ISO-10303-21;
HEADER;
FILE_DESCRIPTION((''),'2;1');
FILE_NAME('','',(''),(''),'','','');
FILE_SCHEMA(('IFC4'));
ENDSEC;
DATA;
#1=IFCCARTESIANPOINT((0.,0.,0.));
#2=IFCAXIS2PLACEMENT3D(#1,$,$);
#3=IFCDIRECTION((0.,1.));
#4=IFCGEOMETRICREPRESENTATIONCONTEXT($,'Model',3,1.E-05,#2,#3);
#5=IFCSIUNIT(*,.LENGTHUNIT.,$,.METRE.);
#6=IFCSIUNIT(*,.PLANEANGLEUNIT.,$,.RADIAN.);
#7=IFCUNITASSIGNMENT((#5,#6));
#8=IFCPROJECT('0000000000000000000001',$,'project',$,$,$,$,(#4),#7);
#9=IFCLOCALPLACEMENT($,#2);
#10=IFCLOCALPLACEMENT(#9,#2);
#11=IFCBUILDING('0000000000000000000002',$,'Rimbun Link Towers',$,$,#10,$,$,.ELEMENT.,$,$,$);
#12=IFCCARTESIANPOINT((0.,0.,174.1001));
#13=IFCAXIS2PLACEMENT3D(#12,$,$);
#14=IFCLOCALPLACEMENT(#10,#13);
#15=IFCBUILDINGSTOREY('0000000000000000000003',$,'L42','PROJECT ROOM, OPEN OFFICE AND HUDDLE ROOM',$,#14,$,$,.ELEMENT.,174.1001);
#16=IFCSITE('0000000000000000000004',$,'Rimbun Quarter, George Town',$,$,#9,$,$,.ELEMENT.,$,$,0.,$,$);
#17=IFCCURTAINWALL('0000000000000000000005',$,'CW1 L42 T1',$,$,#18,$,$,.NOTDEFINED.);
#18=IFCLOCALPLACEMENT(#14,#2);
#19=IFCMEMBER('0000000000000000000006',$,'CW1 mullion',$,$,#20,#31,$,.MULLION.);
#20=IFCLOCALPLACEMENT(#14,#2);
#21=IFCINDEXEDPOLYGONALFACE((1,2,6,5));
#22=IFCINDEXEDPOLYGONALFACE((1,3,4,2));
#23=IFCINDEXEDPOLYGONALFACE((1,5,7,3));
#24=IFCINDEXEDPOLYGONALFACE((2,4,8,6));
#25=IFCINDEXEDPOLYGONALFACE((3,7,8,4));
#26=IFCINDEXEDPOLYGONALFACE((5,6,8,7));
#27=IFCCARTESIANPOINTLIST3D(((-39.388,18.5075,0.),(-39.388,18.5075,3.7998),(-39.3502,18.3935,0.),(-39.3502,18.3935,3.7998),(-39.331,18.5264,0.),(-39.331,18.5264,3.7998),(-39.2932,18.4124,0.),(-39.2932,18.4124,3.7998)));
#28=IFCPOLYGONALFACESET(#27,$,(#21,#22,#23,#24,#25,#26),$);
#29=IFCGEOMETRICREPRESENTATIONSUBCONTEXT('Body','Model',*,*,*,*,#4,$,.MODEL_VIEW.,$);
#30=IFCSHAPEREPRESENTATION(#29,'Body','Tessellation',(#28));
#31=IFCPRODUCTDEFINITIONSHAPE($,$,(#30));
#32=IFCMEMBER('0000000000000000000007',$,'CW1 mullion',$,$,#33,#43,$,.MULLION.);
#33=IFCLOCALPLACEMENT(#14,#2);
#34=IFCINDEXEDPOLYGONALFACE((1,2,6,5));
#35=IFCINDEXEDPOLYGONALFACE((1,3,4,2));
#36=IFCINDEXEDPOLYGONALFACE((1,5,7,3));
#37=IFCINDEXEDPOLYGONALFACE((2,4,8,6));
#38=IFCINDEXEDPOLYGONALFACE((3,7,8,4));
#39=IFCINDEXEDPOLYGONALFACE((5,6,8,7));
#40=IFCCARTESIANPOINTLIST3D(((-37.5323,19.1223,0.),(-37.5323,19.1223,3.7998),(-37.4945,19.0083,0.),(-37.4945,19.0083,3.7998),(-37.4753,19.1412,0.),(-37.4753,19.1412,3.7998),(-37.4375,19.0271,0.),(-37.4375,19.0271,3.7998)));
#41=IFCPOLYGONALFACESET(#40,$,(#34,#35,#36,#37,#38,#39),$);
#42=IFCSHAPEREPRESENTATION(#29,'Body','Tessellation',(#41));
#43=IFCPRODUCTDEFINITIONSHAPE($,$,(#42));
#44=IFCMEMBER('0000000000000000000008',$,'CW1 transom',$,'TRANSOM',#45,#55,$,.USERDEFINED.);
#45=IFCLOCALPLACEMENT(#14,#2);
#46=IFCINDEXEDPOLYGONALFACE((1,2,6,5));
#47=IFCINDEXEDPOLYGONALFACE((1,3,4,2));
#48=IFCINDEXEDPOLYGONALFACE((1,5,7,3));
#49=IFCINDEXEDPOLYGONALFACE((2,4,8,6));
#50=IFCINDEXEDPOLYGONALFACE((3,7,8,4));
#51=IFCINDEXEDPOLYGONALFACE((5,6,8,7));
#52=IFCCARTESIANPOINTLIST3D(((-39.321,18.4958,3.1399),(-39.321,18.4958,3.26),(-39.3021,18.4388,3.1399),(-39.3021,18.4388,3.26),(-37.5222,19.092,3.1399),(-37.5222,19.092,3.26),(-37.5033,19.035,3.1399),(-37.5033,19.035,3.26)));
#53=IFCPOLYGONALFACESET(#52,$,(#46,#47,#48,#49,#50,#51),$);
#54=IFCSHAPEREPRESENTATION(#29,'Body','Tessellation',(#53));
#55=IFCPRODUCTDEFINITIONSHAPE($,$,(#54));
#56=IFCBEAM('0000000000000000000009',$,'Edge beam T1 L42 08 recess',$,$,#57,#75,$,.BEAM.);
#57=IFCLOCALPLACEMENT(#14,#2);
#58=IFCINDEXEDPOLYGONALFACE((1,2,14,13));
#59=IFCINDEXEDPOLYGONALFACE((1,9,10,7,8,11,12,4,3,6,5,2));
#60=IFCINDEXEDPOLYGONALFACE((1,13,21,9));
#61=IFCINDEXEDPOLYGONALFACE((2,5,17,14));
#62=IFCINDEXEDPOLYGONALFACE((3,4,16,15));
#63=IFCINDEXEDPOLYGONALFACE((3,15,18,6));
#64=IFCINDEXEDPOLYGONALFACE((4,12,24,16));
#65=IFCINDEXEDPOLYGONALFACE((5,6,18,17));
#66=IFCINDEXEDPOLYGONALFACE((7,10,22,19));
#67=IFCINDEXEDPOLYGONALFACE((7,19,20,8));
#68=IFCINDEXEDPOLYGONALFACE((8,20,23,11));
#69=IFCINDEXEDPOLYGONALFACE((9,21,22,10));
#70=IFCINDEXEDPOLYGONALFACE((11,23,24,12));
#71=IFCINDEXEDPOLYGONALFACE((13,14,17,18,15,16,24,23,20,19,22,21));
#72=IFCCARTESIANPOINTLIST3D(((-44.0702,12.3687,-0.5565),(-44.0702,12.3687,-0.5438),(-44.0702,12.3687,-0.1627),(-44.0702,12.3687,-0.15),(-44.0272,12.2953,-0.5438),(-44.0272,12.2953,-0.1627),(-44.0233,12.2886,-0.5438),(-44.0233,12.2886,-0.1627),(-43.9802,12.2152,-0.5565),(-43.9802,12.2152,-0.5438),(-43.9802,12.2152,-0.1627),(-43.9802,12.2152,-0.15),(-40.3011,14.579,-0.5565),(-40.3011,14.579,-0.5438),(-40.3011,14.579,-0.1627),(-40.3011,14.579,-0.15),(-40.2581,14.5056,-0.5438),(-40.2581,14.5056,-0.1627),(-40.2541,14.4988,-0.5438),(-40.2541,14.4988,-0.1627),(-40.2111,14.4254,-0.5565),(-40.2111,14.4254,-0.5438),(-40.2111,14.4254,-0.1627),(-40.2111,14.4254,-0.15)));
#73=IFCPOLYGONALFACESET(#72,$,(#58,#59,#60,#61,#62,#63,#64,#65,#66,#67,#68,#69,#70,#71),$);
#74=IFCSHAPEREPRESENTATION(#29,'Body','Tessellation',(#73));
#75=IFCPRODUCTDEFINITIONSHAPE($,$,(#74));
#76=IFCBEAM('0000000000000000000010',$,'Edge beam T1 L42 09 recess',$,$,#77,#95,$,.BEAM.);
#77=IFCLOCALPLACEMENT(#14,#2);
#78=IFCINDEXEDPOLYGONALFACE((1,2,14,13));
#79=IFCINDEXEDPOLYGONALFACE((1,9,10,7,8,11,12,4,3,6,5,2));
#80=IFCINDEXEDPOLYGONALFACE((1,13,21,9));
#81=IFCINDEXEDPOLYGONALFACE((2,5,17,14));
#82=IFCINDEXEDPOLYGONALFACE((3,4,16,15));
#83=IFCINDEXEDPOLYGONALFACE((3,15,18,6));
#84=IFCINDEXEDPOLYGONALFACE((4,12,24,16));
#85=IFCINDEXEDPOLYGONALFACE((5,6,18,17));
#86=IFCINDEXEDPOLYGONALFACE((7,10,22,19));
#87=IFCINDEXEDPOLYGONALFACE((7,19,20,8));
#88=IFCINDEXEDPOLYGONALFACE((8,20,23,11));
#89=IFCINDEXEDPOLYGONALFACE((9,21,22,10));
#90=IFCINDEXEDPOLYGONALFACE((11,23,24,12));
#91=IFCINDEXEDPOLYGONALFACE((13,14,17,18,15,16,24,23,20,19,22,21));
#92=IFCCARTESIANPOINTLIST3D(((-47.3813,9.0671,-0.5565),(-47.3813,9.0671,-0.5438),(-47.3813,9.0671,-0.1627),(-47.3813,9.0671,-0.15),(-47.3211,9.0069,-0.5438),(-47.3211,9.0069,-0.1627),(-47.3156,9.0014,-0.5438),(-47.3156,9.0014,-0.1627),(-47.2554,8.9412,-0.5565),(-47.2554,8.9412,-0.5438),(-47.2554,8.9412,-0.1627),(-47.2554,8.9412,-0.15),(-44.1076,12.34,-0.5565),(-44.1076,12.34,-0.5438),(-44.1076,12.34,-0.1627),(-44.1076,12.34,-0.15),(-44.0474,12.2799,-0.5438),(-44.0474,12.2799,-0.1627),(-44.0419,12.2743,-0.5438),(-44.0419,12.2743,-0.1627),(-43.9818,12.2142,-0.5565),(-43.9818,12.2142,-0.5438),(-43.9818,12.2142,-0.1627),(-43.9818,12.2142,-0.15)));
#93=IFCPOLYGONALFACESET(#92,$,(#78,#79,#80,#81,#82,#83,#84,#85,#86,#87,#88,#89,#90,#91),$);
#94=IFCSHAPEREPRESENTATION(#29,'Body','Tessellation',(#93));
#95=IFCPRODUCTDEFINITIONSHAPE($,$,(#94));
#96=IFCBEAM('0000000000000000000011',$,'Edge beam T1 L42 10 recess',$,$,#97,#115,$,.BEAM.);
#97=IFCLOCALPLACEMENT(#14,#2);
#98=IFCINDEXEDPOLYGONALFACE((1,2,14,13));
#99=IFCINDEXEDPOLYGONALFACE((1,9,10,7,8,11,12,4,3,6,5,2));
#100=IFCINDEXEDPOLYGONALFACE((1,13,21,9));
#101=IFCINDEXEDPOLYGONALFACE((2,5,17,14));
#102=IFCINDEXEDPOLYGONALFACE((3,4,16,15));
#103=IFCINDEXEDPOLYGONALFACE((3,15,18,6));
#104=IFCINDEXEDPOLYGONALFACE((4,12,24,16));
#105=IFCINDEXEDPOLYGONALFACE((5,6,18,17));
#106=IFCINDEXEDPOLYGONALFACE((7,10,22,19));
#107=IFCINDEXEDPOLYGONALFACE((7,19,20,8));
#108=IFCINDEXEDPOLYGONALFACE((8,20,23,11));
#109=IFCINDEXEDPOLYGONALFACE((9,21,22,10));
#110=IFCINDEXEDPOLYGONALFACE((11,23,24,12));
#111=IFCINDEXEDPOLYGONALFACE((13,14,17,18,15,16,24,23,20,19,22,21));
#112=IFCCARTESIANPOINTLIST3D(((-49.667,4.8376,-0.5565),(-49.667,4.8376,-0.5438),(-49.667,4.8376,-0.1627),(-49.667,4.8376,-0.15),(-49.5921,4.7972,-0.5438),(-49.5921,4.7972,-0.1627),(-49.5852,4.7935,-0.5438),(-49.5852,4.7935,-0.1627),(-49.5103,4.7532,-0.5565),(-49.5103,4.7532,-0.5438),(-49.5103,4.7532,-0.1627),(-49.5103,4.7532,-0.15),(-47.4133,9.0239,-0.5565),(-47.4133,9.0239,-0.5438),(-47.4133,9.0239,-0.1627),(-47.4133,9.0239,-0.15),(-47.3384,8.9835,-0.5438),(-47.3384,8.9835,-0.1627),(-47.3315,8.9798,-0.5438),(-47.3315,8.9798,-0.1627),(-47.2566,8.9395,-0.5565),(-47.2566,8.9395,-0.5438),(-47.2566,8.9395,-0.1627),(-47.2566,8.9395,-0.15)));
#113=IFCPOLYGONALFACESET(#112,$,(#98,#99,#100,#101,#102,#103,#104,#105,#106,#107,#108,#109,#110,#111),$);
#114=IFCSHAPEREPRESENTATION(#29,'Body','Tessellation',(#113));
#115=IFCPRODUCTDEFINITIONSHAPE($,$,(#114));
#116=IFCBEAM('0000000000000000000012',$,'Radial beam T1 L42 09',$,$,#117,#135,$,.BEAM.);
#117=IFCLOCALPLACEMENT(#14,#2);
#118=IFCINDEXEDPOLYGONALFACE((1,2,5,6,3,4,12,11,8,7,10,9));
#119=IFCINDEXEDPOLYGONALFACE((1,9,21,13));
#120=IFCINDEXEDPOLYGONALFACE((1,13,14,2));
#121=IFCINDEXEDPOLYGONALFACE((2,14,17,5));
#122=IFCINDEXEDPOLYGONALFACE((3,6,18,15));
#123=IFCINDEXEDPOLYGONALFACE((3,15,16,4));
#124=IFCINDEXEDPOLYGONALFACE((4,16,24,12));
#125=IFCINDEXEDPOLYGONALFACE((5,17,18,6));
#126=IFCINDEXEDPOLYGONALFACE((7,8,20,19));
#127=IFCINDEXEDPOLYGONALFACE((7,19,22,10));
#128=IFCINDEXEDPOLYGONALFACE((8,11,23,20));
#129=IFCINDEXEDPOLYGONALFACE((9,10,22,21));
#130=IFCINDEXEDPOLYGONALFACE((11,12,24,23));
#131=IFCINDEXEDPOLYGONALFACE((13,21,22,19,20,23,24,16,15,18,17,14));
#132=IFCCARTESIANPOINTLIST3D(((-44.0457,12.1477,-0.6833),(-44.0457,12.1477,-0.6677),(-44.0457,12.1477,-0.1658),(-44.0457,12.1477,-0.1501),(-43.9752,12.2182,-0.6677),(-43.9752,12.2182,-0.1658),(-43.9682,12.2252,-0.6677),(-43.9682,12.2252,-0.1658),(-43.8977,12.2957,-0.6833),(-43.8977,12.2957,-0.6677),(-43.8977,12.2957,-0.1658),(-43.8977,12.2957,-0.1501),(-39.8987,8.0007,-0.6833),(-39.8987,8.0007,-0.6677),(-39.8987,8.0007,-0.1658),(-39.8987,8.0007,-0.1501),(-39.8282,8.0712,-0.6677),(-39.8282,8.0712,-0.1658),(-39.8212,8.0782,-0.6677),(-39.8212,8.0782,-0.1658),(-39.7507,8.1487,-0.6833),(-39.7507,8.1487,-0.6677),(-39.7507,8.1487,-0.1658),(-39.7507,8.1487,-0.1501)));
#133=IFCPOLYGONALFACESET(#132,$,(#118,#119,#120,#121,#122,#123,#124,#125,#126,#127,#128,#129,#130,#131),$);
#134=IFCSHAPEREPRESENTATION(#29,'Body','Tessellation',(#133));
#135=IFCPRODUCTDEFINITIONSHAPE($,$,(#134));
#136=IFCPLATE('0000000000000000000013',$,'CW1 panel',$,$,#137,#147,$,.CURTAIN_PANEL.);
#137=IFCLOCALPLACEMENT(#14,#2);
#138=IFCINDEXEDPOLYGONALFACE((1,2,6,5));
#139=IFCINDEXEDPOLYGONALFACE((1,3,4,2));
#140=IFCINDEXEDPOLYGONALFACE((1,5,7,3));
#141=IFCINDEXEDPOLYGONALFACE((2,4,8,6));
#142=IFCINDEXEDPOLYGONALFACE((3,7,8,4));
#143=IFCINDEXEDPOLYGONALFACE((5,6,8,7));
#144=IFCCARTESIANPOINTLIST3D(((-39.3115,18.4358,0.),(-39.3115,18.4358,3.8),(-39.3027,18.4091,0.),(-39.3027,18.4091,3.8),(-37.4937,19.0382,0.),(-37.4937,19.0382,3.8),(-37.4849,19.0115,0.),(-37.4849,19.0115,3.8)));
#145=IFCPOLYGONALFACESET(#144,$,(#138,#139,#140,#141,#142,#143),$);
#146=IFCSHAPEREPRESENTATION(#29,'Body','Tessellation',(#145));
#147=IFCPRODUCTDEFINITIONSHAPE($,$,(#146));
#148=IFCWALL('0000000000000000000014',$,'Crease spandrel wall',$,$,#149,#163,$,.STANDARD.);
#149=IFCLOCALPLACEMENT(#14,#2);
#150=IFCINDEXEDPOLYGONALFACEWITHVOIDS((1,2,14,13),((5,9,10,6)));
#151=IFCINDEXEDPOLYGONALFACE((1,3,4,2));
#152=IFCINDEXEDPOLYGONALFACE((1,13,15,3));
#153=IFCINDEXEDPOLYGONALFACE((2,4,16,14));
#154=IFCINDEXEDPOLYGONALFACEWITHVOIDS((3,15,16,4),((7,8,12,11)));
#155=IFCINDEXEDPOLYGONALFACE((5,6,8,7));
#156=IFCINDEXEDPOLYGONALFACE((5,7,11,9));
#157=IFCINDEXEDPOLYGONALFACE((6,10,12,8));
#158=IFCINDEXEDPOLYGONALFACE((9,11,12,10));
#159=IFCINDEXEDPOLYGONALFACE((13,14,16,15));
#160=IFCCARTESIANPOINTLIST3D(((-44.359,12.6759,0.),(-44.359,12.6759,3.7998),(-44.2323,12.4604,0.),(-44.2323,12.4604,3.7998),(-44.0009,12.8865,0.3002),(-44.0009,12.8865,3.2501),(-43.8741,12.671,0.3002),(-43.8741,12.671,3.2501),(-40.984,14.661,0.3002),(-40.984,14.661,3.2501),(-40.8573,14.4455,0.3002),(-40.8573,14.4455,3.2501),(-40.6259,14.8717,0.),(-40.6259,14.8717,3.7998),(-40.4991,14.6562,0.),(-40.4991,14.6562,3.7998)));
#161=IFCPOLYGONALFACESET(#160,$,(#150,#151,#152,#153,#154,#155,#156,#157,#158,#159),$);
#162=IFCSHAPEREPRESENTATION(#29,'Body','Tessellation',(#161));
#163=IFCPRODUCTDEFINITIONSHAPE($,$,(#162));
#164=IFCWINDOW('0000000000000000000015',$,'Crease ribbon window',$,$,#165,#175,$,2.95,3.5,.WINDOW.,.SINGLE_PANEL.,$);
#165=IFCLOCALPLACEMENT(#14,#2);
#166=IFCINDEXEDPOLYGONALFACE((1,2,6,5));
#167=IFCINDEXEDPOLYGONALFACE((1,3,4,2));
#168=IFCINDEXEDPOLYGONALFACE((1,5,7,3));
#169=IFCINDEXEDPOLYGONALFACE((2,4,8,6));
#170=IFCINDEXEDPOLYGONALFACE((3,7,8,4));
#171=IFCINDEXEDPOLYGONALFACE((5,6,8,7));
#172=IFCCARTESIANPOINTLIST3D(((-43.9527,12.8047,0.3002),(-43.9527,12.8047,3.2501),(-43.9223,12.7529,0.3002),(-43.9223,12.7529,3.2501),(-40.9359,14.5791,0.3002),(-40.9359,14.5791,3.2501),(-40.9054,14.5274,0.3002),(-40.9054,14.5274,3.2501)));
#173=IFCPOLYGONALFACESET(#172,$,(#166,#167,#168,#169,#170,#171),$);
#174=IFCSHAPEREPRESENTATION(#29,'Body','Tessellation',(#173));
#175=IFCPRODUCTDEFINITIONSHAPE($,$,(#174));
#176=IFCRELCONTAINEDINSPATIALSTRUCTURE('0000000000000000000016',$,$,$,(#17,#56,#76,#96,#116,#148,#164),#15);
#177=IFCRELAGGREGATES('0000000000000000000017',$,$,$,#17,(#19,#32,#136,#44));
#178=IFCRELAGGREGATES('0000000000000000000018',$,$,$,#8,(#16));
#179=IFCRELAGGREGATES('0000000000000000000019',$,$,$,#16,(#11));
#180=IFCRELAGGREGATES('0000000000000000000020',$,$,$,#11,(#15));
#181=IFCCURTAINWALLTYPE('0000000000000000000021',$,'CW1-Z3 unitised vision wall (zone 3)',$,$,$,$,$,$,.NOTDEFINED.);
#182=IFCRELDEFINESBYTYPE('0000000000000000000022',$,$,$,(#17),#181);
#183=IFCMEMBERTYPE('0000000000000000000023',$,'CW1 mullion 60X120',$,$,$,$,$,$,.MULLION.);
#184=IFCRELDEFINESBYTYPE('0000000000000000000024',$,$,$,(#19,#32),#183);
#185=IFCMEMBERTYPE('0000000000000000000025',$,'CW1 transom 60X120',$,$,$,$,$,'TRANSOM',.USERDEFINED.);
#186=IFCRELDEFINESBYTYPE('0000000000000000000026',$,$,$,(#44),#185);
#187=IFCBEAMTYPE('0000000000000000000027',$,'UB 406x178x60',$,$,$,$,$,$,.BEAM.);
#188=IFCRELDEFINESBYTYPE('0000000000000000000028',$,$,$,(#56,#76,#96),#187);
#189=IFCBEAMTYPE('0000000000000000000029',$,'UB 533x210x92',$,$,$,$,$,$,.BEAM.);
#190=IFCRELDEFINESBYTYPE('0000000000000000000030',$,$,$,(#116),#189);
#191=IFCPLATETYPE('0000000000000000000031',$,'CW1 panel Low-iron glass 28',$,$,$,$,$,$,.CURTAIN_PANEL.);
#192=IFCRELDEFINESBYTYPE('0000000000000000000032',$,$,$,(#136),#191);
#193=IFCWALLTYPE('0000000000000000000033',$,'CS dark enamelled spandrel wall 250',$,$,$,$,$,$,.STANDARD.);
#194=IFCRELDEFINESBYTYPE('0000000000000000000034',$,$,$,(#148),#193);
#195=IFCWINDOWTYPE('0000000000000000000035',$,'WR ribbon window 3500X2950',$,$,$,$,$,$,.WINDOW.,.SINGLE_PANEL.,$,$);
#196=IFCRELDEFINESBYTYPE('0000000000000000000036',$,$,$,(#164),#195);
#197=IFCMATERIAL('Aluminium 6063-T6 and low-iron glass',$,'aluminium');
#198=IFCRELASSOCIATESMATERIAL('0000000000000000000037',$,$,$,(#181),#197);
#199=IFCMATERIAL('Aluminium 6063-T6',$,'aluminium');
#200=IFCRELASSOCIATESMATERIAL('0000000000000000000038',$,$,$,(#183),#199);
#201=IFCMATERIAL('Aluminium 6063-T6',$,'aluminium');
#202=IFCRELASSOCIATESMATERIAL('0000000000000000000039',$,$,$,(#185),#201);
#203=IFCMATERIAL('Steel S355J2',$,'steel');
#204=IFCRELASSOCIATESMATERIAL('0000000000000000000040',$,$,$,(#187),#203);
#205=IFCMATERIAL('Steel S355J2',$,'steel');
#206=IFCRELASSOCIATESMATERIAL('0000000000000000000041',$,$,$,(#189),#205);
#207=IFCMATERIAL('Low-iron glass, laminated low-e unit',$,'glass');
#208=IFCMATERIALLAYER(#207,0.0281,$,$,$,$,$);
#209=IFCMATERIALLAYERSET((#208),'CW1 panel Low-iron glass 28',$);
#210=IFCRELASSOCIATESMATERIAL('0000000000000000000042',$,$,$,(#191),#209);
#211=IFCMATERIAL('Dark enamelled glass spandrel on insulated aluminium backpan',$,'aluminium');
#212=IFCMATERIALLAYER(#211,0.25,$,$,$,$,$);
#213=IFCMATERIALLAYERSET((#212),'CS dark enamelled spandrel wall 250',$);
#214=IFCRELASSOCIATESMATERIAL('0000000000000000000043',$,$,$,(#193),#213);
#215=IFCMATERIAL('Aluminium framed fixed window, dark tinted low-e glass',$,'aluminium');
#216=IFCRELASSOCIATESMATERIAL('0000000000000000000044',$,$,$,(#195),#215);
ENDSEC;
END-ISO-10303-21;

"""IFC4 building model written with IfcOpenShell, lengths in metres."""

from ifc_helpers import new_model, si_unit, direction, frame, frame_2d, origin, origin_2d, place, context, subcontext, project, spatial, rectangle, i_section, extrude, material, layer, layer_set, material_profile, profile_set, type_object, element, fill, aggregate, save


model = new_model("IFC4")

# Units and contexts
model_context = context("Model", 3, precision=1e-05, world=origin(), true_north=direction((0.0, 1.0)))
body_context = subcontext(model_context, "Body", "Model", "MODEL_VIEW")
ifc_project = project(units=[si_unit("LENGTHUNIT", "METRE"), si_unit("PLANEANGLEUNIT", "RADIAN")], contexts=[model_context])

# Site, building, storey
site_placement = place(None, origin())
site = spatial("IfcSite", under=ifc_project, at=site_placement, Name="Rimbun Quarter, George Town", CompositionType="ELEMENT", RefElevation=0.0)
building_placement = place(site_placement, origin())
building = spatial("IfcBuilding", under=site, at=building_placement, Name="Rimbun Link Towers", CompositionType="ELEMENT")
storey_placement = place(building_placement, frame((0.0, 0.0, 174.1001)))
storey = spatial("IfcBuildingStorey", under=building, at=storey_placement, Name="L42", Description="PROJECT ROOM, OPEN OFFICE AND HUDDLE ROOM", CompositionType="ELEMENT", Elevation=174.1001)

# Curtain wall, members
ifc_material_1 = material(Name="Aluminium 6063-T6 and low-iron glass", Category="aluminium")
curtain_wall_type = type_object("IfcCurtainWallType", Name="CW1-Z3 unitised vision wall (zone 3)", PredefinedType="NOTDEFINED", material=ifc_material_1)
curtain_wall_placement = place(storey_placement, origin())
curtain_wall = element("IfcCurtainWall", 1, at=curtain_wall_placement, inside=storey, type_object=curtain_wall_type, Name="CW1 L42 T1", PredefinedType="NOTDEFINED")
ifc_material_2 = material(Name="Aluminium 6063-T6", Category="aluminium")
ifc_material_profile_1 = material_profile(ifc_material_2, rectangle(XDim=0.1201, YDim=0.0601, at=origin_2d()), Name="MULLION 60X120")
ifc_profile_set_1 = profile_set([ifc_material_profile_1], Name="Aluminium 6063-T6")
member_type_1 = type_object("IfcMemberType", Name="CW1 mullion 60X120", PredefinedType="MULLION", material=ifc_profile_set_1)
member_1_placement = place(storey_placement, frame((-39.3406, 18.46, 0.0), z_axis=(0.0, 0.0, 1.0), x_axis=(-0.31456, 0.949237, 0.0)))
member_1 = element("IfcMember", 2, at=member_1_placement, type_object=member_type_1, Name="CW1 mullion", PredefinedType="MULLION", context=body_context, shape_type="SweptSolid", body=[
    extrude(rectangle(XDim=0.1201, YDim=0.0601, at=origin_2d()), origin(), (0.0, 0.0, 1.0), 3.7998),
])
member_2_placement = place(storey_placement, frame((-37.4849, 19.0747, 0.0), z_axis=(0.0, 0.0, 1.0), x_axis=(-0.31456, 0.949237, 0.0)))
member_2 = element("IfcMember", 3, at=member_2_placement, type_object=member_type_1, Name="CW1 mullion", PredefinedType="MULLION", context=body_context, shape_type="SweptSolid", body=[
    extrude(rectangle(XDim=0.1201, YDim=0.0601, at=origin_2d()), origin(), (0.0, 0.0, 1.0), 3.7998),
])
ifc_material_3 = material(Name="Aluminium 6063-T6", Category="aluminium")
ifc_material_profile_2 = material_profile(ifc_material_3, rectangle(XDim=0.0601, YDim=0.1201, at=origin_2d()), Name="TRANSOM 60X120")
ifc_profile_set_2 = profile_set([ifc_material_profile_2], Name="Aluminium 6063-T6")
member_type_2 = type_object("IfcMemberType", Name="CW1 transom 60X120", ElementType="TRANSOM", PredefinedType="USERDEFINED", material=ifc_profile_set_2)
member_3_placement = place(storey_placement, frame((-39.3115, 18.4673, 3.2), z_axis=(0.949223, 0.314604, 0.0), x_axis=(-0.314604, 0.949223, 0.0)))
member_3 = element("IfcMember", 4, at=member_3_placement, type_object=member_type_2, Name="CW1 transom", ObjectType="TRANSOM", PredefinedType="USERDEFINED", context=body_context, shape_type="SweptSolid", body=[
    extrude(rectangle(XDim=0.0601, YDim=0.1201, at=origin_2d()), origin(), (0.0, 0.0, 1.0), 1.895),
])

# Beams
ifc_material_4 = material(Name="Steel S355J2", Category="steel")
ifc_material_profile_3 = material_profile(ifc_material_4, i_section(OverallWidth=0.178, OverallDepth=0.4065, WebThickness=0.0078, FlangeThickness=0.0127, at=origin_2d()), Name="UB 406x178x60")
ifc_profile_set_3 = profile_set([ifc_material_profile_3], Name="Steel S355J2")
beam_type_1 = type_object("IfcBeamType", Name="UB 406x178x60", PredefinedType="BEAM", material=ifc_profile_set_3)
beam_1_placement = place(storey_placement, frame((-40.2561, 14.5022, -0.3533), z_axis=(-0.862621, -0.50585, 0.0), x_axis=(0.50585, -0.862621, 0.0)))
element("IfcBeam", 5, at=beam_1_placement, inside=storey, type_object=beam_type_1, Name="Edge beam T1 L42 08 recess", PredefinedType="BEAM", context=body_context, shape_type="SweptSolid", body=[
    extrude(i_section(OverallWidth=0.178, OverallDepth=0.4065, WebThickness=0.0078, FlangeThickness=0.0127, at=origin_2d()), origin(), (0.0, 0.0, 1.0), 4.3694),
])
beam_2_placement = place(storey_placement, frame((-44.0447, 12.2771, -0.3533), z_axis=(-0.707186, -0.707028, 0.0), x_axis=(0.707028, -0.707186, 0.0)))
element("IfcBeam", 6, at=beam_2_placement, inside=storey, type_object=beam_type_1, Name="Edge beam T1 L42 09 recess", PredefinedType="BEAM", context=body_context, shape_type="SweptSolid", body=[
    extrude(i_section(OverallWidth=0.178, OverallDepth=0.4065, WebThickness=0.0078, FlangeThickness=0.0127, at=origin_2d()), origin(), (0.0, 0.0, 1.0), 4.6292),
])
beam_3_placement = place(storey_placement, frame((-47.335, 8.9817, -0.3533), z_axis=(-0.47402, -0.880514, 0.0), x_axis=(0.880514, -0.47402, 0.0)))
element("IfcBeam", 7, at=beam_3_placement, inside=storey, type_object=beam_type_1, Name="Edge beam T1 L42 10 recess", PredefinedType="BEAM", context=body_context, shape_type="SweptSolid", body=[
    extrude(i_section(OverallWidth=0.178, OverallDepth=0.4065, WebThickness=0.0078, FlangeThickness=0.0127, at=origin_2d()), origin(), (0.0, 0.0, 1.0), 4.7544),
])
ifc_material_5 = material(Name="Steel S355J2", Category="steel")
ifc_material_profile_4 = material_profile(ifc_material_5, i_section(OverallWidth=0.2092, OverallDepth=0.5332, WebThickness=0.01, FlangeThickness=0.0156, at=origin_2d()), Name="UB 533x210x92")
ifc_profile_set_4 = profile_set([ifc_material_profile_4], Name="Steel S355J2")
beam_type_2 = type_object("IfcBeamType", Name="UB 533x210x92", PredefinedType="BEAM", material=ifc_profile_set_4)
beam_4_placement = place(storey_placement, frame((-39.8247, 8.0747, -0.4167), z_axis=(-0.707107, 0.707107, 0.0), x_axis=(-0.707107, -0.707107, 0.0)))
element("IfcBeam", 8, at=beam_4_placement, inside=storey, type_object=beam_type_2, Name="Radial beam T1 L42 09", PredefinedType="BEAM", context=body_context, shape_type="SweptSolid", body=[
    extrude(i_section(OverallWidth=0.2092, OverallDepth=0.5332, WebThickness=0.01, FlangeThickness=0.0156, at=origin_2d()), origin(), (0.0, 0.0, 1.0), 5.8647),
])

# Plate
ifc_material_6 = material(Name="Low-iron glass, laminated low-e unit", Category="glass")
ifc_layer_1 = layer(ifc_material_6, 0.0281)
ifc_layer_set_1 = layer_set([ifc_layer_1], Name="CW1 panel Low-iron glass 28")
plate_type = type_object("IfcPlateType", Name="CW1 panel Low-iron glass 28", PredefinedType="CURTAIN_PANEL", material=ifc_layer_set_1)
plate_placement = place(storey_placement, frame((-38.3982, 18.7236, 0.0), z_axis=(0.0, 0.0, 1.0), x_axis=(0.949237, 0.31456, 0.0)))
plate = element("IfcPlate", 9, at=plate_placement, type_object=plate_type, Name="CW1 panel", PredefinedType="CURTAIN_PANEL", context=body_context, shape_type="SweptSolid", body=[
    extrude(rectangle(XDim=1.915, YDim=0.0281, at=origin_2d()), origin(), (0.0, 0.0, 1.0), 3.8),
])
aggregate(curtain_wall, [member_1, member_2, plate, member_3])

# Wall, opening, window
ifc_material_7 = material(Name="Dark enamelled glass spandrel on insulated aluminium backpan", Category="aluminium")
ifc_layer_2 = layer(ifc_material_7, 0.25)
ifc_layer_set_2 = layer_set([ifc_layer_2], Name="CS dark enamelled spandrel wall 250")
wall_type_1 = type_object("IfcWallType", Name="CS dark enamelled spandrel wall 250", PredefinedType="STANDARD", material=ifc_layer_set_2)
wall_1_placement = place(storey_placement, frame((-44.2957, 12.5681, 0.0), z_axis=(0.0, 0.0, 1.0), x_axis=(0.861952, 0.506991, 0.0)))
wall_1 = element("IfcWall", 10, at=wall_1_placement, inside=storey, type_object=wall_type_1, Name="Crease spandrel wall", PredefinedType="STANDARD", context=body_context, shape_type="SweptSolid", body=[
    extrude(rectangle(XDim=4.3311, YDim=0.25, at=frame_2d((2.1655, 0.0))), origin(), (0.0, 0.0, 1.0), 3.7998),
])
opening_1_placement = place(wall_1_placement, frame((0.4155, 0.0, 0.3)))
opening_1 = element("IfcOpeningElement", 11, at=opening_1_placement, cuts=wall_1, PredefinedType="OPENING", context=body_context, shape_type="SweptSolid", body=[
    extrude(rectangle(XDim=3.5, YDim=2.95, at=frame_2d((1.75, 1.4751))), frame((0.0, 0.135, 0.0), z_axis=(0.0, -1.0, 0.0), x_axis=(1.0, 0.0, 0.0)), (0.0, 0.0, 1.0), 0.27),
])
ifc_material_8 = material(Name="Aluminium framed fixed window, dark tinted low-e glass", Category="aluminium")
window_type_1 = type_object("IfcWindowType", Name="WR ribbon window 3500X2950", PartitioningType="SINGLE_PANEL", PredefinedType="WINDOW", material=ifc_material_8)
window_1_placement = place(opening_1_placement, origin())
window_1 = element("IfcWindow", 12, at=window_1_placement, inside=storey, type_object=window_type_1, Name="Crease ribbon window", OverallHeight=2.95, OverallWidth=3.5, PartitioningType="SINGLE_PANEL", PredefinedType="WINDOW", context=body_context, shape_type="SweptSolid", body=[
    extrude(rectangle(XDim=3.5, YDim=2.95, at=frame_2d((1.75, 1.4751))), frame((0.0, 0.03, 0.0), z_axis=(0.0, -1.0, 0.0), x_axis=(1.0, 0.0, 0.0)), (0.0, 0.0, 1.0), 0.0601),
])
fill(opening_1, window_1)

save(model, "model.ifc")
